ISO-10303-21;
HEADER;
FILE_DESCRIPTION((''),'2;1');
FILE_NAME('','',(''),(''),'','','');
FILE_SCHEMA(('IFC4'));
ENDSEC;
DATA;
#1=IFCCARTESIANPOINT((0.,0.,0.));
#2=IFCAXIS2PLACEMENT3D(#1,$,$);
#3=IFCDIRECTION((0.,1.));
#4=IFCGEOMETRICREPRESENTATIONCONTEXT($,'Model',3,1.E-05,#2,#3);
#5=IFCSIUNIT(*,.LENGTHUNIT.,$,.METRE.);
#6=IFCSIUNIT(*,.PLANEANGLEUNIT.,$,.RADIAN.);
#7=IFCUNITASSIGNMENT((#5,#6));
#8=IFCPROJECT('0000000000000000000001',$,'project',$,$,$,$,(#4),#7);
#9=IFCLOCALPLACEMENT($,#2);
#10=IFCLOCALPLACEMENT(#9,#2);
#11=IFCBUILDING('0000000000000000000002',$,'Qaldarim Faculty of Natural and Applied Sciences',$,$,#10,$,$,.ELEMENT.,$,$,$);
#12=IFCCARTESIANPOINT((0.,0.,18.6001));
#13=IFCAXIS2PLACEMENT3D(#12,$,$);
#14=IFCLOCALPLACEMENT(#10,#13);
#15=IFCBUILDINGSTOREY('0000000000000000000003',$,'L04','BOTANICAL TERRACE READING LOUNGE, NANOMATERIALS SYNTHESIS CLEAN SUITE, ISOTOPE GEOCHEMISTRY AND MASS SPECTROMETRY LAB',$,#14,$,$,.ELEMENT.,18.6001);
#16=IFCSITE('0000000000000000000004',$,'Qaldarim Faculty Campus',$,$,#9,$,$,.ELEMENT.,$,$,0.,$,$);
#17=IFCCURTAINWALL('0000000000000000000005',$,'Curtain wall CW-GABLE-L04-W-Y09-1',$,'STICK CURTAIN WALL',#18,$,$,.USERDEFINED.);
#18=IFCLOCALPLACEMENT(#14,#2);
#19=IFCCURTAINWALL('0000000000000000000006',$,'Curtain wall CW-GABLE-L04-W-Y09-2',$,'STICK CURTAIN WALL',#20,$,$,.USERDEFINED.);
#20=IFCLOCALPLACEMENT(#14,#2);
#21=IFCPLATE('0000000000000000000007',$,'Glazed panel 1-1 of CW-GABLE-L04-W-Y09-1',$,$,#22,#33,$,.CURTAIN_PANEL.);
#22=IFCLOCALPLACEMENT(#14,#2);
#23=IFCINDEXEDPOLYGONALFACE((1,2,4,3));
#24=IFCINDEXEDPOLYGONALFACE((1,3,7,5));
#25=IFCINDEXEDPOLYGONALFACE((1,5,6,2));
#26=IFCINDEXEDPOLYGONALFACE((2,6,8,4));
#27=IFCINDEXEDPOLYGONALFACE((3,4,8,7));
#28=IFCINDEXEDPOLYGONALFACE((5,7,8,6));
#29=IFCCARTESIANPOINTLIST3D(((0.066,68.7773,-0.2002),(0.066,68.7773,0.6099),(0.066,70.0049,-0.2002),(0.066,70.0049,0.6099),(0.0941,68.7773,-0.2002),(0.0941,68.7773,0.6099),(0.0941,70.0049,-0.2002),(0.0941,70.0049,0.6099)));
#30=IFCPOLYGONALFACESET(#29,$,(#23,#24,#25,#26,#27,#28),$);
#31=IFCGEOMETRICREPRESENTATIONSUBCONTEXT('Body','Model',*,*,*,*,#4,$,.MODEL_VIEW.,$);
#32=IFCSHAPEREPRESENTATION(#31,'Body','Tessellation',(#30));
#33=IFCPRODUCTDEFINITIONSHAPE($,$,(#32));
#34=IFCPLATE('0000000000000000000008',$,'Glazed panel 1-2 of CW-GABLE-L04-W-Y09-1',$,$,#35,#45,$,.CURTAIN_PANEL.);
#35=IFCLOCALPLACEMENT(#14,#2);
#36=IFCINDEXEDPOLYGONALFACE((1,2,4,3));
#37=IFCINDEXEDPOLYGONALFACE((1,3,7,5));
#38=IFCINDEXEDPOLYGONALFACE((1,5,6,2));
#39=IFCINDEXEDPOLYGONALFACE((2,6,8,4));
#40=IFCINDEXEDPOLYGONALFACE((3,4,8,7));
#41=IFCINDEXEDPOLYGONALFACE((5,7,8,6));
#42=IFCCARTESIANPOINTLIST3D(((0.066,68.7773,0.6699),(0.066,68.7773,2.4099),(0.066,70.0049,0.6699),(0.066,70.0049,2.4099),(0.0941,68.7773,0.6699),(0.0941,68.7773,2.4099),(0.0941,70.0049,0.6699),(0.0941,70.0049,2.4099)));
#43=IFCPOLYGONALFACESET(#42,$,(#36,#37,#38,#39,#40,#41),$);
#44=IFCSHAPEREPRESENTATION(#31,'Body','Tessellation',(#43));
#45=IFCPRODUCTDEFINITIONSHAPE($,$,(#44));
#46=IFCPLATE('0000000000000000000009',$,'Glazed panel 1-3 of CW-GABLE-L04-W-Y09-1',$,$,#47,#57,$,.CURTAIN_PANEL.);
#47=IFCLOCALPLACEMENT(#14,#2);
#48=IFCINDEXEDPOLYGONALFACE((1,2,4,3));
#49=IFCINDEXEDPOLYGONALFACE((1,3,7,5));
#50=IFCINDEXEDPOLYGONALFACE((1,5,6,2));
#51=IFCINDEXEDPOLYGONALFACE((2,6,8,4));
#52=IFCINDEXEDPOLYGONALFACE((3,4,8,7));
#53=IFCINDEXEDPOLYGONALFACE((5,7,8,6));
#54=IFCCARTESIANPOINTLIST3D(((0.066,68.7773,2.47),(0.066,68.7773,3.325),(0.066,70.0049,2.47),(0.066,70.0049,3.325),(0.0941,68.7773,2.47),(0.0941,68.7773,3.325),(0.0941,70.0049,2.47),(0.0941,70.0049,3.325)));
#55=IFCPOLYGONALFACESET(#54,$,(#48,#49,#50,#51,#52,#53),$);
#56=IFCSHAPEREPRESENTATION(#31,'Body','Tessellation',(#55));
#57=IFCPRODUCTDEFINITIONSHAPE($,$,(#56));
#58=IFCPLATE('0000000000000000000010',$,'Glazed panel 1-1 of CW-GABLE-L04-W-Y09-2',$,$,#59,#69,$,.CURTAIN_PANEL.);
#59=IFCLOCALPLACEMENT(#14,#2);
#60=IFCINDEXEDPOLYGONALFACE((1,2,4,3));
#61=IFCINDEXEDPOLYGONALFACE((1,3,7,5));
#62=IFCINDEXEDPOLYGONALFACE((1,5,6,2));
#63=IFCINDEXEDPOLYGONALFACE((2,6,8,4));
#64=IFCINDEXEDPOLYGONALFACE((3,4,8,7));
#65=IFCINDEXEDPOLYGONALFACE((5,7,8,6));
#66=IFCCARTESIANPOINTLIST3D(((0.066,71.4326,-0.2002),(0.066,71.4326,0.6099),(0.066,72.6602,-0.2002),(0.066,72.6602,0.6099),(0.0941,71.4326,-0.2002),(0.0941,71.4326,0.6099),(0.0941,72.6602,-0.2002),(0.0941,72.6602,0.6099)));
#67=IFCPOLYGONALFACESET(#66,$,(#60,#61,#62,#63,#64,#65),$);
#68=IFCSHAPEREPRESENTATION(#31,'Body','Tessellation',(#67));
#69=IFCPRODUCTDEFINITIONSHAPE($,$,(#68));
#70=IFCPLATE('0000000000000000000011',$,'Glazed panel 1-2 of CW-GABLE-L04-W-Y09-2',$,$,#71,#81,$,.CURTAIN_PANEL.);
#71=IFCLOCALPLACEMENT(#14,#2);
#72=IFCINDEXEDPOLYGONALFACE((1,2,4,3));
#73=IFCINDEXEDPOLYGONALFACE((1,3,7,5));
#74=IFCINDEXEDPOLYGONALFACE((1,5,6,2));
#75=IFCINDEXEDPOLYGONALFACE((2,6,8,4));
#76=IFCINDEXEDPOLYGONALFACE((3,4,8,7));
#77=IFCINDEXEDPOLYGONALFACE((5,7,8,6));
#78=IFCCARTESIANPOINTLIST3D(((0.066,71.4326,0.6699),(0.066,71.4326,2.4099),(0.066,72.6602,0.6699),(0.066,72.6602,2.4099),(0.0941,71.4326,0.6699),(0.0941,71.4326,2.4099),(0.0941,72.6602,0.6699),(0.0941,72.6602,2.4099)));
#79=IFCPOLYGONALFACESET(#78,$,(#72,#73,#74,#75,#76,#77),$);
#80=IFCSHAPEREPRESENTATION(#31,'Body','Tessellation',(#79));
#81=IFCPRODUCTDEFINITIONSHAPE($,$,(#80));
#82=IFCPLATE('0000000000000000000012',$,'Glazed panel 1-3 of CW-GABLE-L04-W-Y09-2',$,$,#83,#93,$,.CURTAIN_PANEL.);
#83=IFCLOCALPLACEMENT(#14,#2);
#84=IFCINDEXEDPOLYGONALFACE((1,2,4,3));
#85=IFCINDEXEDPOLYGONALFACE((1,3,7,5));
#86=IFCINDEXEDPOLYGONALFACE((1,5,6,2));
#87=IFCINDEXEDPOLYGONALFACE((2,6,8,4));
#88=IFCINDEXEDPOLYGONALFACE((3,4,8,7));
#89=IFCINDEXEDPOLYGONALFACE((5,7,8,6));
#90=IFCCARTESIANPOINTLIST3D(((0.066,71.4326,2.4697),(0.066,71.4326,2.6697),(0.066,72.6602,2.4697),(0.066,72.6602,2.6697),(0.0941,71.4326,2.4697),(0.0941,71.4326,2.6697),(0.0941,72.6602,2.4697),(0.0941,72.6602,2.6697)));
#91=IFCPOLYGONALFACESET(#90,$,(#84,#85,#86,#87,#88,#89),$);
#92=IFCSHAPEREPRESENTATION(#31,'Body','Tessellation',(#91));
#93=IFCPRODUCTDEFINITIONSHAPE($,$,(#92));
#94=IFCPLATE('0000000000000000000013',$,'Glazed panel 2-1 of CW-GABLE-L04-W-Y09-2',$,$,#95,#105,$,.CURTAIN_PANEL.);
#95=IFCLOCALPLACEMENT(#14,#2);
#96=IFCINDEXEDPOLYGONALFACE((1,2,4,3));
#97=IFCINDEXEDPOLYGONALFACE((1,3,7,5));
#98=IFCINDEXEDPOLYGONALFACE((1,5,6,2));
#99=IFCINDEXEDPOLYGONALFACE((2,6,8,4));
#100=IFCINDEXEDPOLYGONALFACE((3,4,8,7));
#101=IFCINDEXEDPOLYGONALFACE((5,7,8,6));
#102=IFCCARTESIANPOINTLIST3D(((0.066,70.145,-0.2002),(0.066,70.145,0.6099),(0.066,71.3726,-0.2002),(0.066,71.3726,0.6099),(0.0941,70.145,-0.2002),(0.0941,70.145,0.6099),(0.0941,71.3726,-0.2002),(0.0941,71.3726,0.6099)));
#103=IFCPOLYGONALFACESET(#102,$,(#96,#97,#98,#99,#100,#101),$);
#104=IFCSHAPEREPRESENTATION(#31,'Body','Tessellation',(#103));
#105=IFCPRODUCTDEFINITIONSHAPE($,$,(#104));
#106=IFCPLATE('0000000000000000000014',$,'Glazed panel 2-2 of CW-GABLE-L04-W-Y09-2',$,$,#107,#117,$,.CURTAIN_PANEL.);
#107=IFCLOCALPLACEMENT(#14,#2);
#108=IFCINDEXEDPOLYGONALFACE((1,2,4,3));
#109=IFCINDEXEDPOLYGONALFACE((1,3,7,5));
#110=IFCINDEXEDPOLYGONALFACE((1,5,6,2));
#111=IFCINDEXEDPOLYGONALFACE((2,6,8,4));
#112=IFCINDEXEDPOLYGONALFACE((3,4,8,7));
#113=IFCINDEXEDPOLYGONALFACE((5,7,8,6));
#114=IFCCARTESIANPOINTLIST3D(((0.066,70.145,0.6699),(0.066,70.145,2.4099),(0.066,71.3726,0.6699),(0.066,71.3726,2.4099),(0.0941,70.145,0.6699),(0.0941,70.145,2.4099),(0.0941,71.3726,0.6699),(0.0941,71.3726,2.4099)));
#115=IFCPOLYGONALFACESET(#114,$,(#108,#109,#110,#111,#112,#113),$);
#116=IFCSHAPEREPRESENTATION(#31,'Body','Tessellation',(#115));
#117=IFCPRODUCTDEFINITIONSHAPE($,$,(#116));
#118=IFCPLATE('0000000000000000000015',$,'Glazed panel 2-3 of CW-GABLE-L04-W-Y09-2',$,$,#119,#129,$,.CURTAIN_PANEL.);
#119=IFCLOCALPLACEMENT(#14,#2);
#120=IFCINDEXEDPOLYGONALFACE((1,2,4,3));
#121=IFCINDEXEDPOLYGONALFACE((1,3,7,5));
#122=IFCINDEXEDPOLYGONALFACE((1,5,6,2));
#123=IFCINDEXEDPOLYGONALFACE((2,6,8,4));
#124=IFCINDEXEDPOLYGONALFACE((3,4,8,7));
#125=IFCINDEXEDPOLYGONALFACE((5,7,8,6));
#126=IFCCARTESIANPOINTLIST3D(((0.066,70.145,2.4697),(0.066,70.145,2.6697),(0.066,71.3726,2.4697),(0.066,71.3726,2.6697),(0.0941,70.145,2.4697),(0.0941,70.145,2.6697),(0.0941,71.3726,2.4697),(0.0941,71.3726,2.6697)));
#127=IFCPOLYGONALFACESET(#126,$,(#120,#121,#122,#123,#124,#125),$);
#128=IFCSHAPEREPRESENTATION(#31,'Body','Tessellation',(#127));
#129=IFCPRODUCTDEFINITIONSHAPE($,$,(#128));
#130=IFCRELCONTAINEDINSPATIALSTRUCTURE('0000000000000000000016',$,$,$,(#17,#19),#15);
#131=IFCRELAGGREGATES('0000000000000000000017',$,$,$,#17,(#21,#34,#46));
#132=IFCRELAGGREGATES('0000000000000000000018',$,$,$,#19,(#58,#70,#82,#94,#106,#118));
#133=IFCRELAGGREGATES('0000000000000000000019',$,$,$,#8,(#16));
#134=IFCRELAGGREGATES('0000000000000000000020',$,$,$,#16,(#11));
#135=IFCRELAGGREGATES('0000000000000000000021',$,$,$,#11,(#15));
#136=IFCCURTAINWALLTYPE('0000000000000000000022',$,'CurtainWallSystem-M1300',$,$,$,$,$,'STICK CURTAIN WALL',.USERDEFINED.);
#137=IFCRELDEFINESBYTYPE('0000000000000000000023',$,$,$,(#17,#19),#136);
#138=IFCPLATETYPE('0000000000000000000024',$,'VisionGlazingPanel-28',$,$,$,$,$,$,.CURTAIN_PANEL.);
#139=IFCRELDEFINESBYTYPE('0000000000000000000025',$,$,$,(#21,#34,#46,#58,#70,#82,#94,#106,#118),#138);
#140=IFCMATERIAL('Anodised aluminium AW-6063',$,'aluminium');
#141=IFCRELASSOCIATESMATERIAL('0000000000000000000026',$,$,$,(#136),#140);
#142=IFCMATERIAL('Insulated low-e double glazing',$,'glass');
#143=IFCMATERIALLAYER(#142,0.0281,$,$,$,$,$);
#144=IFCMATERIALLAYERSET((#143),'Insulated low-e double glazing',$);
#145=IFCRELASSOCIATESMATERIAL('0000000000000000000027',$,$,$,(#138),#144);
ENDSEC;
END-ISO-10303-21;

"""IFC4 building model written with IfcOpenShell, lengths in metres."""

from ifc_helpers import new_model, si_unit, direction, frame, origin, origin_2d, place, context, subcontext, project, spatial, rectangle, extrude, material, layer, layer_set, type_object, element, aggregate, save


model = new_model("IFC4")

# Units and contexts
model_context = context("Model", 3, precision=1e-05, world=origin(), true_north=direction((0.0, 1.0)))
body_context = subcontext(model_context, "Body", "Model", "MODEL_VIEW")
ifc_project = project(units=[si_unit("LENGTHUNIT", "METRE"), si_unit("PLANEANGLEUNIT", "RADIAN")], contexts=[model_context])

# Site, building, storey
site_placement = place(None, origin())
site = spatial("IfcSite", under=ifc_project, at=site_placement, Name="Qaldarim Faculty Campus", CompositionType="ELEMENT", RefElevation=0.0)
building_placement = place(site_placement, origin())
building = spatial("IfcBuilding", under=site, at=building_placement, Name="Qaldarim Faculty of Natural and Applied Sciences", CompositionType="ELEMENT")
storey_placement = place(building_placement, frame((0.0, 0.0, 18.6001)))
storey = spatial("IfcBuildingStorey", under=building, at=storey_placement, Name="L04", Description="BOTANICAL TERRACE READING LOUNGE, NANOMATERIALS SYNTHESIS CLEAN SUITE, ISOTOPE GEOCHEMISTRY AND MASS SPECTROMETRY LAB", CompositionType="ELEMENT", Elevation=18.6001)

# Curtain wall
ifc_material_1 = material(Name="Anodised aluminium AW-6063", Category="aluminium")
curtain_wall_type = type_object("IfcCurtainWallType", Name="CurtainWallSystem-M1300", ElementType="STICK CURTAIN WALL", PredefinedType="USERDEFINED", material=ifc_material_1)
curtain_wall_1_placement = place(storey_placement, origin())
curtain_wall_1 = element("IfcCurtainWall", 1, at=curtain_wall_1_placement, inside=storey, type_object=curtain_wall_type, Name="Curtain wall CW-GABLE-L04-W-Y09-1", ObjectType="STICK CURTAIN WALL", PredefinedType="USERDEFINED")

# Curtain wall
curtain_wall_2_placement = place(storey_placement, origin())
curtain_wall_2 = element("IfcCurtainWall", 2, at=curtain_wall_2_placement, inside=storey, type_object=curtain_wall_type, Name="Curtain wall CW-GABLE-L04-W-Y09-2", ObjectType="STICK CURTAIN WALL", PredefinedType="USERDEFINED")

# Plates
ifc_material_2 = material(Name="Insulated low-e double glazing", Category="glass")
ifc_layer_1 = layer(ifc_material_2, 0.0281)
ifc_layer_set_1 = layer_set([ifc_layer_1], Name="Insulated low-e double glazing")
plate_type = type_object("IfcPlateType", Name="VisionGlazingPanel-28", PredefinedType="CURTAIN_PANEL", material=ifc_layer_set_1)
plate_1_placement = place(storey_placement, frame((0.0801, 69.3911, -0.2002), z_axis=(0.0, 0.0, 1.0), x_axis=(0.0, -1.0, 0.0)))
plate_1 = element("IfcPlate", 3, at=plate_1_placement, type_object=plate_type, Name="Glazed panel 1-1 of CW-GABLE-L04-W-Y09-1", PredefinedType="CURTAIN_PANEL", context=body_context, shape_type="SweptSolid", body=[
    extrude(rectangle(XDim=1.2275, YDim=0.0281, at=origin_2d()), origin(), (0.0, 0.0, 1.0), 0.8101),
])
plate_2_placement = place(storey_placement, frame((0.0801, 69.3911, 0.6699), z_axis=(0.0, 0.0, 1.0), x_axis=(0.0, -1.0, 0.0)))
plate_2 = element("IfcPlate", 4, at=plate_2_placement, type_object=plate_type, Name="Glazed panel 1-2 of CW-GABLE-L04-W-Y09-1", PredefinedType="CURTAIN_PANEL", context=body_context, shape_type="SweptSolid", body=[
    extrude(rectangle(XDim=1.2275, YDim=0.0281, at=origin_2d()), origin(), (0.0, 0.0, 1.0), 1.74),
])
plate_3_placement = place(storey_placement, frame((0.0801, 69.3911, 2.47), z_axis=(0.0, 0.0, 1.0), x_axis=(0.0, -1.0, 0.0)))
plate_3 = element("IfcPlate", 5, at=plate_3_placement, type_object=plate_type, Name="Glazed panel 1-3 of CW-GABLE-L04-W-Y09-1", PredefinedType="CURTAIN_PANEL", context=body_context, shape_type="SweptSolid", body=[
    extrude(rectangle(XDim=1.2275, YDim=0.0281, at=origin_2d()), origin(), (0.0, 0.0, 1.0), 0.855),
])
aggregate(curtain_wall_1, [plate_1, plate_2, plate_3])
plate_4_placement = place(storey_placement, frame((0.0801, 72.0464, -0.2002), z_axis=(0.0, 0.0, 1.0), x_axis=(0.0, -1.0, 0.0)))
plate_4 = element("IfcPlate", 6, at=plate_4_placement, type_object=plate_type, Name="Glazed panel 1-1 of CW-GABLE-L04-W-Y09-2", PredefinedType="CURTAIN_PANEL", context=body_context, shape_type="SweptSolid", body=[
    extrude(rectangle(XDim=1.2275, YDim=0.0281, at=origin_2d()), origin(), (0.0, 0.0, 1.0), 0.8101),
])
plate_5_placement = place(storey_placement, frame((0.0801, 72.0464, 0.6699), z_axis=(0.0, 0.0, 1.0), x_axis=(0.0, -1.0, 0.0)))
plate_5 = element("IfcPlate", 7, at=plate_5_placement, type_object=plate_type, Name="Glazed panel 1-2 of CW-GABLE-L04-W-Y09-2", PredefinedType="CURTAIN_PANEL", context=body_context, shape_type="SweptSolid", body=[
    extrude(rectangle(XDim=1.2275, YDim=0.0281, at=origin_2d()), origin(), (0.0, 0.0, 1.0), 1.74),
])
plate_6_placement = place(storey_placement, frame((0.0801, 72.0464, 2.4697), z_axis=(0.0, 0.0, 1.0), x_axis=(0.0, -1.0, 0.0)))
plate_6 = element("IfcPlate", 8, at=plate_6_placement, type_object=plate_type, Name="Glazed panel 1-3 of CW-GABLE-L04-W-Y09-2", PredefinedType="CURTAIN_PANEL", context=body_context, shape_type="SweptSolid", body=[
    extrude(rectangle(XDim=1.2275, YDim=0.0281, at=origin_2d()), origin(), (0.0, 0.0, 1.0), 0.2),
])
plate_7_placement = place(storey_placement, frame((0.0801, 70.7588, -0.2002), z_axis=(0.0, 0.0, 1.0), x_axis=(0.0, -1.0, 0.0)))
plate_7 = element("IfcPlate", 9, at=plate_7_placement, type_object=plate_type, Name="Glazed panel 2-1 of CW-GABLE-L04-W-Y09-2", PredefinedType="CURTAIN_PANEL", context=body_context, shape_type="SweptSolid", body=[
    extrude(rectangle(XDim=1.2275, YDim=0.0281, at=origin_2d()), origin(), (0.0, 0.0, 1.0), 0.8101),
])
plate_8_placement = place(storey_placement, frame((0.0801, 70.7588, 0.6699), z_axis=(0.0, 0.0, 1.0), x_axis=(0.0, -1.0, 0.0)))
plate_8 = element("IfcPlate", 10, at=plate_8_placement, type_object=plate_type, Name="Glazed panel 2-2 of CW-GABLE-L04-W-Y09-2", PredefinedType="CURTAIN_PANEL", context=body_context, shape_type="SweptSolid", body=[
    extrude(rectangle(XDim=1.2275, YDim=0.0281, at=origin_2d()), origin(), (0.0, 0.0, 1.0), 1.74),
])
plate_9_placement = place(storey_placement, frame((0.0801, 70.7588, 2.4697), z_axis=(0.0, 0.0, 1.0), x_axis=(0.0, -1.0, 0.0)))
plate_9 = element("IfcPlate", 11, at=plate_9_placement, type_object=plate_type, Name="Glazed panel 2-3 of CW-GABLE-L04-W-Y09-2", PredefinedType="CURTAIN_PANEL", context=body_context, shape_type="SweptSolid", body=[
    extrude(rectangle(XDim=1.2275, YDim=0.0281, at=origin_2d()), origin(), (0.0, 0.0, 1.0), 0.2),
])
aggregate(curtain_wall_2, [plate_4, plate_5, plate_6, plate_7, plate_8, plate_9])

save(model, "model.ifc")
